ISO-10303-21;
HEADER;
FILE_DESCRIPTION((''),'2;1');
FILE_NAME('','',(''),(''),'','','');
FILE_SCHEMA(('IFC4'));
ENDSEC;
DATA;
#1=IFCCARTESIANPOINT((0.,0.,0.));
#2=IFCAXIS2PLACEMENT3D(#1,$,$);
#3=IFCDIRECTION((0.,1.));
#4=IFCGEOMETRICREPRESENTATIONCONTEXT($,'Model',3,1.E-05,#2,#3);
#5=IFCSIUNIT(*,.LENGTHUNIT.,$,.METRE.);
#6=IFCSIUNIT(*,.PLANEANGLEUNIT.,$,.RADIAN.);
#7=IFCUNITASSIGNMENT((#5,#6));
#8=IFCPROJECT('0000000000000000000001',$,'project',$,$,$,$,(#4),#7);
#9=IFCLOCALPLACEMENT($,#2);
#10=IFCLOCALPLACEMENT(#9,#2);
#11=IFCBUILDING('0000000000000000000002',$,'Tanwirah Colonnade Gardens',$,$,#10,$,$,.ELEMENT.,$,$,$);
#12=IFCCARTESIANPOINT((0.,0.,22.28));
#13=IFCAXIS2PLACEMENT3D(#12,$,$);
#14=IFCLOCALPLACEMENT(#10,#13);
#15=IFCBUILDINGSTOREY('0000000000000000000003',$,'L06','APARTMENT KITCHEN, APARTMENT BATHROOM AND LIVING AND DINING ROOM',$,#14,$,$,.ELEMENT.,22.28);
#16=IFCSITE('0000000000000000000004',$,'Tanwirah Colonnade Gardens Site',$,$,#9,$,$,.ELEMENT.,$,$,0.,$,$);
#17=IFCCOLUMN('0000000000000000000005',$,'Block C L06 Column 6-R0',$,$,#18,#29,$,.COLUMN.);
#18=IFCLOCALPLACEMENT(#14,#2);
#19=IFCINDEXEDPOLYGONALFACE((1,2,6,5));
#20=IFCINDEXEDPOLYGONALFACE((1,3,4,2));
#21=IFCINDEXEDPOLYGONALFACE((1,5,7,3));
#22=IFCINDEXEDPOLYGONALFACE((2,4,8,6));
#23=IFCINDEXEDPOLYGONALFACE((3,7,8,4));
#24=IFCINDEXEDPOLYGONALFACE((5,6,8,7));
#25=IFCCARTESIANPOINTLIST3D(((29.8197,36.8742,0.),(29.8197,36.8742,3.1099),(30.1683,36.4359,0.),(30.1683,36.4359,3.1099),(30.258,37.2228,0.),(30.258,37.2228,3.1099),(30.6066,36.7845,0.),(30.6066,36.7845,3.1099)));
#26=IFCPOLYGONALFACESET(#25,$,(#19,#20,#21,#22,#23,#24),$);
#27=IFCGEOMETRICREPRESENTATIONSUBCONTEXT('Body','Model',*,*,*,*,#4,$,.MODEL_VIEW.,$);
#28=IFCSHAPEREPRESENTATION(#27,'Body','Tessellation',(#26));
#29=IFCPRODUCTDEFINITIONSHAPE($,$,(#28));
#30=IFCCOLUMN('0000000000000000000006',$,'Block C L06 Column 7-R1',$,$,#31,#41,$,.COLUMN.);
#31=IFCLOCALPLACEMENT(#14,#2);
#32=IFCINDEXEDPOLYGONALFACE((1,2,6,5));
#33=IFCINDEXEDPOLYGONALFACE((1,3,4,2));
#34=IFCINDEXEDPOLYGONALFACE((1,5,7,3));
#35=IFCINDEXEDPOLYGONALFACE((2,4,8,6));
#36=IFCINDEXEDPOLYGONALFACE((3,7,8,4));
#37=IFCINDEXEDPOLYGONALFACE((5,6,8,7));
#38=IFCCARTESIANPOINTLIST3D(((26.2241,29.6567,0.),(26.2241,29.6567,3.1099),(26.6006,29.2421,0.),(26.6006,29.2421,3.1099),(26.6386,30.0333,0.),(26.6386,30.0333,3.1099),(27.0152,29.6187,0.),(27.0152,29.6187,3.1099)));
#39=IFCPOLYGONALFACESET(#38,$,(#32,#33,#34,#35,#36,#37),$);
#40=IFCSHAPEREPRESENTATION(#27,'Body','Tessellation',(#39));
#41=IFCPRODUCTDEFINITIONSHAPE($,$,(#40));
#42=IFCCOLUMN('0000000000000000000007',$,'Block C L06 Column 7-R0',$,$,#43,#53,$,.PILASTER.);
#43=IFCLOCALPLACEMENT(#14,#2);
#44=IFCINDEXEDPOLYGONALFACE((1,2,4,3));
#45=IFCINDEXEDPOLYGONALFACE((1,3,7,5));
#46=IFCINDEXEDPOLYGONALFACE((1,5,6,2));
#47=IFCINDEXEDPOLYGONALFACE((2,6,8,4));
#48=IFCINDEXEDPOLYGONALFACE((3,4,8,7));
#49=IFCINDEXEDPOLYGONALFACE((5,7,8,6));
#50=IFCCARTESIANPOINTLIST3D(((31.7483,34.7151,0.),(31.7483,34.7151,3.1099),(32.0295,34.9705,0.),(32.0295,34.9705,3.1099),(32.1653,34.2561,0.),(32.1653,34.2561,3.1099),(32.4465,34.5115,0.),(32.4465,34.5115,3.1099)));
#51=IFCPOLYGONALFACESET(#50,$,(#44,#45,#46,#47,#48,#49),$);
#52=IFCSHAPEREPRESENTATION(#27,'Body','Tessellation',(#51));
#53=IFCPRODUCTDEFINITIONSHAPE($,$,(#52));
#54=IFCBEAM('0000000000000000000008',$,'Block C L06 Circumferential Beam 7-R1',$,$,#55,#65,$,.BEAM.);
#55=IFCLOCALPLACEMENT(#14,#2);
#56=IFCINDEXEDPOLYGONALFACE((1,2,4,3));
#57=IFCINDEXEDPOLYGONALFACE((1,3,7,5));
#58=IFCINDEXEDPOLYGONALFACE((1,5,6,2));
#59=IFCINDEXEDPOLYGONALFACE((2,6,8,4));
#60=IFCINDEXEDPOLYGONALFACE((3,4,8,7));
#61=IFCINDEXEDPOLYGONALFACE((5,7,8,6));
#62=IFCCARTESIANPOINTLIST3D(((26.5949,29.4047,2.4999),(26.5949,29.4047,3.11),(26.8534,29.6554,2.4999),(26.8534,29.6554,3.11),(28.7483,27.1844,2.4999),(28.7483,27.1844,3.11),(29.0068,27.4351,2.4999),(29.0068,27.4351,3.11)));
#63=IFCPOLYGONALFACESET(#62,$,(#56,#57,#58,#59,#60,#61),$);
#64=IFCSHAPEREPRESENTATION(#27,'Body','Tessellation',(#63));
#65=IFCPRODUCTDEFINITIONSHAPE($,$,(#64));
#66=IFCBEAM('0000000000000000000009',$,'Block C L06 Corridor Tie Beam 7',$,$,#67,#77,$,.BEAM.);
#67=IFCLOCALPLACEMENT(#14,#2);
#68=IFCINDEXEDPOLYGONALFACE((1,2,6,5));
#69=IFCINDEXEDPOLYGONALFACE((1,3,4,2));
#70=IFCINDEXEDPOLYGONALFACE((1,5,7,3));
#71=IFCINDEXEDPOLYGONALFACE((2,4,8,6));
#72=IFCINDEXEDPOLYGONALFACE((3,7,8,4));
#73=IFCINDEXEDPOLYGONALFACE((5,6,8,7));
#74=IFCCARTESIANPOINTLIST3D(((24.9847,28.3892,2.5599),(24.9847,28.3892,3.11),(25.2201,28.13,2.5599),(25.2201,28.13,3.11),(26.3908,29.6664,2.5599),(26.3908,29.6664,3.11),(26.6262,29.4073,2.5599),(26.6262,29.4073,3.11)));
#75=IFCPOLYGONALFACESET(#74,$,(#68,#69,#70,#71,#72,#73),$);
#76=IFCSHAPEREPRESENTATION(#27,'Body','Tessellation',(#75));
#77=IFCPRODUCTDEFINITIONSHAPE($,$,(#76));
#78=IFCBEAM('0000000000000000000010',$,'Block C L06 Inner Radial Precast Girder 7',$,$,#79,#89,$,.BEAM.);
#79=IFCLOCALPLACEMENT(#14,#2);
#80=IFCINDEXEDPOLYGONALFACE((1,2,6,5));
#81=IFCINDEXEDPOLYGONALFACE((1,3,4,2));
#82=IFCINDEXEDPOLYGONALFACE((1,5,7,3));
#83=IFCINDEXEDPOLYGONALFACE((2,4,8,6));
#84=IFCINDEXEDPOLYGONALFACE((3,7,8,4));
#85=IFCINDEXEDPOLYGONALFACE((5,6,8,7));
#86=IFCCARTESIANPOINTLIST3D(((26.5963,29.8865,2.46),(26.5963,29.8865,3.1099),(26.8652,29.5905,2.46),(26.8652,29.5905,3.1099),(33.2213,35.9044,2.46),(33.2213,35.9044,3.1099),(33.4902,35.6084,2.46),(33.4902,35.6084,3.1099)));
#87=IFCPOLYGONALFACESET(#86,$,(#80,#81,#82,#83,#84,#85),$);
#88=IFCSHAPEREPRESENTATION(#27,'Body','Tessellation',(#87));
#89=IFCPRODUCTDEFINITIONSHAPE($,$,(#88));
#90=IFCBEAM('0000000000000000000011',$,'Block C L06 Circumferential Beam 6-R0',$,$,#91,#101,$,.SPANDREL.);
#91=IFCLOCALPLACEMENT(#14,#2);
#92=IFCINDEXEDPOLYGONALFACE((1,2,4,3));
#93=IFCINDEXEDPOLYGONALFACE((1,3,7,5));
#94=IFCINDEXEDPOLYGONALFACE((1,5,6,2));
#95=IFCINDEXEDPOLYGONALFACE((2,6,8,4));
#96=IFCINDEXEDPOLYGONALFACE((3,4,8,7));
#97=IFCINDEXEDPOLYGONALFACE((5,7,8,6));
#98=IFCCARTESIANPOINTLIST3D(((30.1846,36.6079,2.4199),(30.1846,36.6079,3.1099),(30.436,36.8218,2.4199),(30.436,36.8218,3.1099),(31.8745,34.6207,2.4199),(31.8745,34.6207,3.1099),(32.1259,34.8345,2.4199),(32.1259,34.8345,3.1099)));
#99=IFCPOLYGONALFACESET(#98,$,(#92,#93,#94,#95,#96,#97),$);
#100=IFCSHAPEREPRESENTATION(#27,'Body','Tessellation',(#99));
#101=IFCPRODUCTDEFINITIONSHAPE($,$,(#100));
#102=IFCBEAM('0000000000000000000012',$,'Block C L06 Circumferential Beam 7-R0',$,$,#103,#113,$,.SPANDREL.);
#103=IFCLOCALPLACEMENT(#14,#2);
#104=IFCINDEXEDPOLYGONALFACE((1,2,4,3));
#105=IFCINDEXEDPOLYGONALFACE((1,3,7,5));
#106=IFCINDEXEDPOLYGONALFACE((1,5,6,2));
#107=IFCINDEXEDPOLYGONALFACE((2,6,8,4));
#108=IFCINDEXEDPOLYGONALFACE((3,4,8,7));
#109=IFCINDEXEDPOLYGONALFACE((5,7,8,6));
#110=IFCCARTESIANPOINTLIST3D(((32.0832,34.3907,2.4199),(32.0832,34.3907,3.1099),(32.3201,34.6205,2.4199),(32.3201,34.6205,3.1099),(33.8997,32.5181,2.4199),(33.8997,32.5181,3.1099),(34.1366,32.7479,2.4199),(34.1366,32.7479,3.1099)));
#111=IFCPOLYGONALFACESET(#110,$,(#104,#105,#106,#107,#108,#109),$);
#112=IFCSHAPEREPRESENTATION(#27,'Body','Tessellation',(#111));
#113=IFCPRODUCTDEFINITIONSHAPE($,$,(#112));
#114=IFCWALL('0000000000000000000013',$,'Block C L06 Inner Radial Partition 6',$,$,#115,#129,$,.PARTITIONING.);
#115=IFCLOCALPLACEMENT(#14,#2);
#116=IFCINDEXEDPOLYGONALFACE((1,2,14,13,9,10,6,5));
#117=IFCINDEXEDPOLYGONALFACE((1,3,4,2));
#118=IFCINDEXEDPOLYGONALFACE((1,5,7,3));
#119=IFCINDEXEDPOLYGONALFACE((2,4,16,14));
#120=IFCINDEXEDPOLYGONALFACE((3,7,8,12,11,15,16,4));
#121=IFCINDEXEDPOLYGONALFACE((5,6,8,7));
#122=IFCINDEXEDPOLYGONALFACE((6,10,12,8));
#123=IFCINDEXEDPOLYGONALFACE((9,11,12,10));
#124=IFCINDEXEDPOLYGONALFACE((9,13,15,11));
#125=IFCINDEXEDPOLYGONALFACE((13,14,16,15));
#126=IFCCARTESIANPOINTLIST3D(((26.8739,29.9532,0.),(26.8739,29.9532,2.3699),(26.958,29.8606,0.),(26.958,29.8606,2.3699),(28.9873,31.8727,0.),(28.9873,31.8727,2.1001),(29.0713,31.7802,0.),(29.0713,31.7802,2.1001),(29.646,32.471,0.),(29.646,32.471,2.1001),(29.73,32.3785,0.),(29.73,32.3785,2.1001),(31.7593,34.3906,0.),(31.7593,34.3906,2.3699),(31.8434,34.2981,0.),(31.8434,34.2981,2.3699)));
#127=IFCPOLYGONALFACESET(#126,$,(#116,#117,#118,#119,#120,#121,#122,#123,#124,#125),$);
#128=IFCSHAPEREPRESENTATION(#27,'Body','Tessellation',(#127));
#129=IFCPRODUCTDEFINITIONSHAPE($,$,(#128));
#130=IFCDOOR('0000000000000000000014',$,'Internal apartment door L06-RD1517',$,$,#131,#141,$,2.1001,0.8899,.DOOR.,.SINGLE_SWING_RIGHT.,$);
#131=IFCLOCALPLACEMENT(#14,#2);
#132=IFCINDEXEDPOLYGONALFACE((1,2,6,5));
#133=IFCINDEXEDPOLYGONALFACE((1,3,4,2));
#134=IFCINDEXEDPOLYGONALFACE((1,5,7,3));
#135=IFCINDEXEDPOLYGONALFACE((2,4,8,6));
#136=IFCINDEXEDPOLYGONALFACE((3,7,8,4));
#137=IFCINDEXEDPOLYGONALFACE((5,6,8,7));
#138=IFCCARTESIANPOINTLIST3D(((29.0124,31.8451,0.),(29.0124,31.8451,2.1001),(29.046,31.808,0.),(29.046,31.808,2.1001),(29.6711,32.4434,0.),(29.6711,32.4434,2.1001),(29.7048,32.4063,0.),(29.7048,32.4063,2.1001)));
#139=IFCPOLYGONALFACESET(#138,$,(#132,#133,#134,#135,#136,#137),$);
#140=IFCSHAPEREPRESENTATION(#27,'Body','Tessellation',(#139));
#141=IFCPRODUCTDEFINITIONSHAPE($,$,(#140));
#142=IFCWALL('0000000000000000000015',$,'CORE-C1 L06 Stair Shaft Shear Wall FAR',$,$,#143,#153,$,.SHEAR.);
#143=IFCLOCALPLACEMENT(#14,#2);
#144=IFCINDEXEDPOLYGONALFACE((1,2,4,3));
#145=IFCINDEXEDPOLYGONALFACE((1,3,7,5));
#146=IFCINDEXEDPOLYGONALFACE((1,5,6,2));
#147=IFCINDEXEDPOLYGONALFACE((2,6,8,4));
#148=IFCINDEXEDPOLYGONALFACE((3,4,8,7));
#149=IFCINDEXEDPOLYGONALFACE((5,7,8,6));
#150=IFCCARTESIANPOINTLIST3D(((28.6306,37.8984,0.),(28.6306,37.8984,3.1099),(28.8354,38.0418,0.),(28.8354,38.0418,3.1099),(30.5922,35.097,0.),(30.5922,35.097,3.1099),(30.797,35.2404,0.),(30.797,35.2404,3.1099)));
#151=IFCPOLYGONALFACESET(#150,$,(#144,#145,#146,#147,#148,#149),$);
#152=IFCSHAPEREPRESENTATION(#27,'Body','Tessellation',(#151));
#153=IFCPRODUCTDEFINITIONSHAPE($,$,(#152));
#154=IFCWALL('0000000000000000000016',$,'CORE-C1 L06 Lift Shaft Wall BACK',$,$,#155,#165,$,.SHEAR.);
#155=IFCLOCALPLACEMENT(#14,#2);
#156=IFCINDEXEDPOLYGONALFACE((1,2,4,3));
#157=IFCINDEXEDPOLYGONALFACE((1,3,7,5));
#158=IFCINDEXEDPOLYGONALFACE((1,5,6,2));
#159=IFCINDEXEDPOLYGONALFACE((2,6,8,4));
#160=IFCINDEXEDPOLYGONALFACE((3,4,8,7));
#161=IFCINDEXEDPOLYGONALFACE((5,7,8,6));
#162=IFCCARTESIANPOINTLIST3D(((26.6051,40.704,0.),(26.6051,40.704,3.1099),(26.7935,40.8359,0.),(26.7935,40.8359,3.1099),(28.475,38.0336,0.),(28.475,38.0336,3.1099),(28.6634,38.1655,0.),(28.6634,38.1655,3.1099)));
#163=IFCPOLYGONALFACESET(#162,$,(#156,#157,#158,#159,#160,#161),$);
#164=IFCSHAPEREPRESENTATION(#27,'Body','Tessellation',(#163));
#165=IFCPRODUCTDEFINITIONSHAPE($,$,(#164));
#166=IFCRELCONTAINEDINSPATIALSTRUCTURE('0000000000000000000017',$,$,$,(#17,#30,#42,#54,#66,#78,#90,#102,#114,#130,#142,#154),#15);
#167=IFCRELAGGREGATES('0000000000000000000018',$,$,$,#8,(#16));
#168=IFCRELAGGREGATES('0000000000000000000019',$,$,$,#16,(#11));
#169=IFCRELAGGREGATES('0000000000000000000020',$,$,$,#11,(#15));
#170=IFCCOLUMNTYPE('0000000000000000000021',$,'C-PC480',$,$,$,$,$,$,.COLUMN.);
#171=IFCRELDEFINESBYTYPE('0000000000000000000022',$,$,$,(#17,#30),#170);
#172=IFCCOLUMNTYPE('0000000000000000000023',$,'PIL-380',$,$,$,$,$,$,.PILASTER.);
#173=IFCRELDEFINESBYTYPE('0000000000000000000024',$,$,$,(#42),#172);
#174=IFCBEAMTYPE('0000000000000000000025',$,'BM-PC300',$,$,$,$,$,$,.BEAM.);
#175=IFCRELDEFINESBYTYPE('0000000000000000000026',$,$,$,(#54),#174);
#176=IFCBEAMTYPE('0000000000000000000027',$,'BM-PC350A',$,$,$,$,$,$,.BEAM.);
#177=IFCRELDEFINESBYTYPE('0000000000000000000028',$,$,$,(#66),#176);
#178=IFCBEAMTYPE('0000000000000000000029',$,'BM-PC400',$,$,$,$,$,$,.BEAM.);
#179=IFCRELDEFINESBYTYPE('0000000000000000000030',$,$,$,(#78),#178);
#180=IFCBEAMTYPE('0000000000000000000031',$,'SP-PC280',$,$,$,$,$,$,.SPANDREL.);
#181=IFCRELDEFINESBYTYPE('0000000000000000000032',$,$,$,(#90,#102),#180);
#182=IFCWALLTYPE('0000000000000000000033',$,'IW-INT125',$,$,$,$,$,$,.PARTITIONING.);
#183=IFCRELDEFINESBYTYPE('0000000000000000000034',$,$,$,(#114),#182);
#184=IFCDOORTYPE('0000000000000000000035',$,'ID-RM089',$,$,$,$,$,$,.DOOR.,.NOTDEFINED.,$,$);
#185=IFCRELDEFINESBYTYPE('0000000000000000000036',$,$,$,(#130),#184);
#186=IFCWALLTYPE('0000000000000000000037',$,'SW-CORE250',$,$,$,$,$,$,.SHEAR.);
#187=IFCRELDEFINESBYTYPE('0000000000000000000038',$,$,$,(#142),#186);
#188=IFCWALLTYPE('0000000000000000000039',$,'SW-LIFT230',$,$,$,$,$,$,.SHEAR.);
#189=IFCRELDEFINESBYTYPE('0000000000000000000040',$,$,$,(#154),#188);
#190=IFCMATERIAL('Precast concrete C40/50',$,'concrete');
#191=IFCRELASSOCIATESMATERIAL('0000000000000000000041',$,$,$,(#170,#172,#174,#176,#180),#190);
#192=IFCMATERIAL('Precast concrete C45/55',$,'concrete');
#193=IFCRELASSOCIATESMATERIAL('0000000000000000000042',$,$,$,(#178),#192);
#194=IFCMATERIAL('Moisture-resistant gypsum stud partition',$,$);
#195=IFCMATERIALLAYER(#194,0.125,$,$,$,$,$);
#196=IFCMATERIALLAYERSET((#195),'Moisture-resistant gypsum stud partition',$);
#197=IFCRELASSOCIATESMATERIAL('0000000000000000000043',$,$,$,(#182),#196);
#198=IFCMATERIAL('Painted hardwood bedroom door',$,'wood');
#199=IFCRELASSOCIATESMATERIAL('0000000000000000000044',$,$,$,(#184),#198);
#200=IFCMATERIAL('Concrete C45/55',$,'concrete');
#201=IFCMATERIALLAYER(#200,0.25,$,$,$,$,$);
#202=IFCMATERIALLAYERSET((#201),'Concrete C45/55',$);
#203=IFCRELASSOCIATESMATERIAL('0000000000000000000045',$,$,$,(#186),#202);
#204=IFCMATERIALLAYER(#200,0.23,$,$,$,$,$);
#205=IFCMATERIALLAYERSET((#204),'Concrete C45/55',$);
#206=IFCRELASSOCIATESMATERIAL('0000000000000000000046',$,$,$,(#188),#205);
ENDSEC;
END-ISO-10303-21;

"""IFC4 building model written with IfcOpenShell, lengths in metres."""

from ifc_helpers import new_model, si_unit, direction, frame, frame_2d, origin, origin_2d, place, context, subcontext, project, spatial, rectangle, extrude, material, layer, layer_set, material_profile, profile_set, type_object, element, fill, save


model = new_model("IFC4")

# Units and contexts
model_context = context("Model", 3, precision=1e-05, world=origin(), true_north=direction((0.0, 1.0)))
body_context = subcontext(model_context, "Body", "Model", "MODEL_VIEW")
ifc_project = project(units=[si_unit("LENGTHUNIT", "METRE"), si_unit("PLANEANGLEUNIT", "RADIAN")], contexts=[model_context])

# Site, building, storey
site_placement = place(None, origin())
site = spatial("IfcSite", under=ifc_project, at=site_placement, Name="Tanwirah Colonnade Gardens Site", CompositionType="ELEMENT", RefElevation=0.0)
building_placement = place(site_placement, origin())
building = spatial("IfcBuilding", under=site, at=building_placement, Name="Tanwirah Colonnade Gardens", CompositionType="ELEMENT")
storey_placement = place(building_placement, frame((0.0, 0.0, 22.28)))
storey = spatial("IfcBuildingStorey", under=building, at=storey_placement, Name="L06", Description="APARTMENT KITCHEN, APARTMENT BATHROOM AND LIVING AND DINING ROOM", CompositionType="ELEMENT", Elevation=22.28)

# Columns
ifc_material_1 = material(Name="Precast concrete C40/50", Category="concrete")
ifc_material_profile_1 = material_profile(ifc_material_1, rectangle(XDim=0.5601, YDim=0.5601, at=origin_2d()), Name="PC-COL 560x560")
ifc_profile_set_1 = profile_set([ifc_material_profile_1], Name="Precast concrete C40/50")
column_type_1 = type_object("IfcColumnType", Name="C-PC480", PredefinedType="COLUMN", material=ifc_profile_set_1)
for number, where, z_axis, x_axis, name in (
    (1, (30.2131, 36.8293, 0.0), (0.0, 0.0, 1.0), (-0.782608, -0.622515, 0.0), "Block C L06 Column 6-R0"),
    (2, (26.6196, 29.6377, 0.0), (0.0, 0.0, 1.0), (-0.740218, -0.672367, 0.0), "Block C L06 Column 7-R1"),
):
    element("IfcColumn", number, at=place(storey_placement, frame(where, z_axis=z_axis, x_axis=x_axis)), inside=storey, type_object=column_type_1, Name=name, PredefinedType="COLUMN", context=body_context, shape_type="SweptSolid", body=[
        extrude(rectangle(XDim=0.5601, YDim=0.5601, at=origin_2d()), origin(), (0.0, 0.0, 1.0), 3.1099),
    ])
ifc_material_profile_2 = material_profile(ifc_material_1, rectangle(XDim=0.3799, YDim=0.6201, at=origin_2d()), Name="PC-PIL 380x620")
ifc_profile_set_2 = profile_set([ifc_material_profile_2], Name="Precast concrete C40/50")
column_type_2 = type_object("IfcColumnType", Name="PIL-380", PredefinedType="PILASTER", material=ifc_profile_set_2)
column_placement = place(storey_placement, frame((32.0974, 34.6133, 0.0), z_axis=(0.0, 0.0, 1.0), x_axis=(-0.740218, -0.672367, 0.0)))
element("IfcColumn", 3, at=column_placement, inside=storey, type_object=column_type_2, Name="Block C L06 Column 7-R0", PredefinedType="PILASTER", context=body_context, shape_type="SweptSolid", body=[
    extrude(rectangle(XDim=0.3799, YDim=0.6201, at=origin_2d()), origin(), (0.0, 0.0, 1.0), 3.1099),
])

# Beams
ifc_material_profile_3 = material_profile(ifc_material_1, rectangle(XDim=0.3601, YDim=0.6101, at=origin_2d()), Name="PC-BM 360x610")
ifc_profile_set_3 = profile_set([ifc_material_profile_3], Name="Precast concrete C40/50")
beam_type_1 = type_object("IfcBeamType", Name="BM-PC300", PredefinedType="BEAM", material=ifc_profile_set_3)
beam_1_placement = place(storey_placement, frame((26.7241, 29.53, 2.8049), z_axis=(0.69621, -0.717838, 0.0), x_axis=(0.717838, 0.69621, 0.0)))
element("IfcBeam", 4, at=beam_1_placement, inside=storey, type_object=beam_type_1, Name="Block C L06 Circumferential Beam 7-R1", PredefinedType="BEAM", context=body_context, shape_type="SweptSolid", body=[
    extrude(rectangle(XDim=0.3601, YDim=0.6101, at=origin_2d()), origin(), (0.0, 0.0, 1.0), 3.093),
])
ifc_material_profile_4 = material_profile(ifc_material_1, rectangle(XDim=0.3501, YDim=0.55, at=origin_2d()), Name="PC-BM 350x550")
ifc_profile_set_4 = profile_set([ifc_material_profile_4], Name="Precast concrete C40/50")
beam_type_2 = type_object("IfcBeamType", Name="BM-PC350A", PredefinedType="BEAM", material=ifc_profile_set_4)
beam_2_placement = place(storey_placement, frame((26.5085, 29.5369, 2.835), z_axis=(-0.740219, -0.672366, 0.0), x_axis=(0.672366, -0.740219, 0.0)))
element("IfcBeam", 5, at=beam_2_placement, inside=storey, type_object=beam_type_2, Name="Block C L06 Corridor Tie Beam 7", PredefinedType="BEAM", context=body_context, shape_type="SweptSolid", body=[
    extrude(rectangle(XDim=0.3501, YDim=0.55, at=origin_2d()), origin(), (0.0, 0.0, 1.0), 1.8997),
])
ifc_material_2 = material(Name="Precast concrete C45/55", Category="concrete")
ifc_material_profile_5 = material_profile(ifc_material_2, rectangle(XDim=0.3999, YDim=0.6499, at=origin_2d()), Name="PC-BM 400x650")
ifc_profile_set_5 = profile_set([ifc_material_profile_5], Name="Precast concrete C45/55")
beam_type_3 = type_object("IfcBeamType", Name="BM-PC400", PredefinedType="BEAM", material=ifc_profile_set_5)
beam_3_placement = place(storey_placement, frame((26.7307, 29.7385, 2.7849), z_axis=(0.740213, 0.672373, 0.0), x_axis=(-0.672373, 0.740213, 0.0)))
element("IfcBeam", 6, at=beam_3_placement, inside=storey, type_object=beam_type_3, Name="Block C L06 Inner Radial Precast Girder 7", PredefinedType="BEAM", context=body_context, shape_type="SweptSolid", body=[
    extrude(rectangle(XDim=0.3999, YDim=0.6499, at=origin_2d()), origin(), (0.0, 0.0, 1.0), 8.9502),
])
ifc_material_profile_6 = material_profile(ifc_material_1, rectangle(XDim=0.3301, YDim=0.6899, at=origin_2d()), Name="PC-SP 330x690")
ifc_profile_set_6 = profile_set([ifc_material_profile_6], Name="Precast concrete C40/50")
beam_type_4 = type_object("IfcBeamType", Name="SP-PC280", PredefinedType="SPANDREL", material=ifc_profile_set_6)
beam_4_placement = place(storey_placement, frame((30.3103, 36.7148, 2.7649), z_axis=(0.647811, -0.761801, 0.0), x_axis=(0.761801, 0.647811, 0.0)))
element("IfcBeam", 7, at=beam_4_placement, inside=storey, type_object=beam_type_4, Name="Block C L06 Circumferential Beam 6-R0", PredefinedType="SPANDREL", context=body_context, shape_type="SweptSolid", body=[
    extrude(rectangle(XDim=0.3301, YDim=0.6899, at=origin_2d()), origin(), (0.0, 0.0, 1.0), 2.6086),
])
beam_5_placement = place(storey_placement, frame((32.2017, 34.5056, 2.7649), z_axis=(0.696263, -0.717787, 0.0), x_axis=(0.717787, 0.696263, 0.0)))
element("IfcBeam", 8, at=beam_5_placement, inside=storey, type_object=beam_type_4, Name="Block C L06 Circumferential Beam 7-R0", PredefinedType="SPANDREL", context=body_context, shape_type="SweptSolid", body=[
    extrude(rectangle(XDim=0.3301, YDim=0.6899, at=origin_2d()), origin(), (0.0, 0.0, 1.0), 2.6089),
])

# Wall, opening, door
ifc_material_3 = material(Name="Moisture-resistant gypsum stud partition")
ifc_layer_1 = layer(ifc_material_3, 0.125)
ifc_layer_set_1 = layer_set([ifc_layer_1], Name="Moisture-resistant gypsum stud partition")
wall_type_1 = type_object("IfcWallType", Name="IW-INT125", PredefinedType="PARTITIONING", material=ifc_layer_set_1)
wall_1_placement = place(storey_placement, frame((31.8013, 34.3442, 0.0), z_axis=(0.0, 0.0, 1.0), x_axis=(-0.740231, -0.672352, 0.0)))
wall_1 = element("IfcWall", 9, at=wall_1_placement, inside=storey, type_object=wall_type_1, Name="Block C L06 Inner Radial Partition 6", PredefinedType="PARTITIONING", context=body_context, shape_type="SweptSolid", body=[
    extrude(rectangle(XDim=6.5999, YDim=0.125, at=frame_2d((3.2998, 0.0))), origin(), (0.0, 0.0, 1.0), 2.3699),
])
opening_1_placement = place(wall_1_placement, frame((2.855, 0.0, 0.0)))
opening_1 = element("IfcOpeningElement", 10, at=opening_1_placement, cuts=wall_1, PredefinedType="OPENING", context=body_context, shape_type="SweptSolid", body=[
    extrude(rectangle(XDim=0.8899, YDim=2.1001, at=frame_2d((0.4448, 1.05))), frame((0.0, 0.0725, 0.0), z_axis=(0.0, -1.0, 0.0), x_axis=(1.0, 0.0, 0.0)), (0.0, 0.0, 1.0), 0.145),
])
ifc_material_4 = material(Name="Painted hardwood bedroom door", Category="wood")
door_type_1 = type_object("IfcDoorType", Name="ID-RM089", OperationType="NOTDEFINED", PredefinedType="DOOR", material=ifc_material_4)
door_1_placement = place(opening_1_placement, origin())
door_1 = element("IfcDoor", 11, at=door_1_placement, inside=storey, type_object=door_type_1, Name="Internal apartment door L06-RD1517", OperationType="SINGLE_SWING_RIGHT", OverallHeight=2.1001, OverallWidth=0.8899, PredefinedType="DOOR", context=body_context, shape_type="SweptSolid", body=[
    extrude(rectangle(XDim=0.8899, YDim=2.1001, at=frame_2d((0.4448, 1.05))), frame((0.0, 0.0249, 0.0), z_axis=(0.0, -1.0, 0.0), x_axis=(1.0, 0.0, 0.0)), (0.0, 0.0, 1.0), 0.05),
])
fill(opening_1, door_1)

# Wall
ifc_material_5 = material(Name="Concrete C45/55", Category="concrete")
ifc_layer_2 = layer(ifc_material_5, 0.25)
ifc_layer_set_2 = layer_set([ifc_layer_2], Name="Concrete C45/55")
wall_type_2 = type_object("IfcWallType", Name="SW-CORE250", PredefinedType="SHEAR", material=ifc_layer_set_2)
wall_2_placement = place(storey_placement, frame((30.6946, 35.1687, 0.0), z_axis=(0.0, 0.0, 1.0), x_axis=(-0.573582, 0.819148, 0.0)))
element("IfcWall", 12, at=wall_2_placement, inside=storey, type_object=wall_type_2, Name="CORE-C1 L06 Stair Shaft Shear Wall FAR", PredefinedType="SHEAR", context=body_context, shape_type="SweptSolid", body=[
    extrude(rectangle(XDim=3.4199, YDim=0.25, at=frame_2d((1.71, 0.0))), origin(), (0.0, 0.0, 1.0), 3.1099),
])

# Shared definitions
ifc_layer_3 = layer(ifc_material_5, 0.23)
ifc_layer_set_3 = layer_set([ifc_layer_3], Name="Concrete C45/55")
wall_type_3 = type_object("IfcWallType", Name="SW-LIFT230", PredefinedType="SHEAR", material=ifc_layer_set_3)

# Wall
wall_3_placement = place(storey_placement, frame((28.5691, 38.0996, 0.0), z_axis=(0.0, 0.0, 1.0), x_axis=(-0.573583, 0.819147, 0.0)))
element("IfcWall", 13, at=wall_3_placement, inside=storey, type_object=wall_type_3, Name="CORE-C1 L06 Lift Shaft Wall BACK", PredefinedType="SHEAR", context=body_context, shape_type="SweptSolid", body=[
    extrude(rectangle(XDim=3.26, YDim=0.23, at=frame_2d((1.6299, 0.0))), origin(), (0.0, 0.0, 1.0), 3.1099),
])

save(model, "model.ifc")
